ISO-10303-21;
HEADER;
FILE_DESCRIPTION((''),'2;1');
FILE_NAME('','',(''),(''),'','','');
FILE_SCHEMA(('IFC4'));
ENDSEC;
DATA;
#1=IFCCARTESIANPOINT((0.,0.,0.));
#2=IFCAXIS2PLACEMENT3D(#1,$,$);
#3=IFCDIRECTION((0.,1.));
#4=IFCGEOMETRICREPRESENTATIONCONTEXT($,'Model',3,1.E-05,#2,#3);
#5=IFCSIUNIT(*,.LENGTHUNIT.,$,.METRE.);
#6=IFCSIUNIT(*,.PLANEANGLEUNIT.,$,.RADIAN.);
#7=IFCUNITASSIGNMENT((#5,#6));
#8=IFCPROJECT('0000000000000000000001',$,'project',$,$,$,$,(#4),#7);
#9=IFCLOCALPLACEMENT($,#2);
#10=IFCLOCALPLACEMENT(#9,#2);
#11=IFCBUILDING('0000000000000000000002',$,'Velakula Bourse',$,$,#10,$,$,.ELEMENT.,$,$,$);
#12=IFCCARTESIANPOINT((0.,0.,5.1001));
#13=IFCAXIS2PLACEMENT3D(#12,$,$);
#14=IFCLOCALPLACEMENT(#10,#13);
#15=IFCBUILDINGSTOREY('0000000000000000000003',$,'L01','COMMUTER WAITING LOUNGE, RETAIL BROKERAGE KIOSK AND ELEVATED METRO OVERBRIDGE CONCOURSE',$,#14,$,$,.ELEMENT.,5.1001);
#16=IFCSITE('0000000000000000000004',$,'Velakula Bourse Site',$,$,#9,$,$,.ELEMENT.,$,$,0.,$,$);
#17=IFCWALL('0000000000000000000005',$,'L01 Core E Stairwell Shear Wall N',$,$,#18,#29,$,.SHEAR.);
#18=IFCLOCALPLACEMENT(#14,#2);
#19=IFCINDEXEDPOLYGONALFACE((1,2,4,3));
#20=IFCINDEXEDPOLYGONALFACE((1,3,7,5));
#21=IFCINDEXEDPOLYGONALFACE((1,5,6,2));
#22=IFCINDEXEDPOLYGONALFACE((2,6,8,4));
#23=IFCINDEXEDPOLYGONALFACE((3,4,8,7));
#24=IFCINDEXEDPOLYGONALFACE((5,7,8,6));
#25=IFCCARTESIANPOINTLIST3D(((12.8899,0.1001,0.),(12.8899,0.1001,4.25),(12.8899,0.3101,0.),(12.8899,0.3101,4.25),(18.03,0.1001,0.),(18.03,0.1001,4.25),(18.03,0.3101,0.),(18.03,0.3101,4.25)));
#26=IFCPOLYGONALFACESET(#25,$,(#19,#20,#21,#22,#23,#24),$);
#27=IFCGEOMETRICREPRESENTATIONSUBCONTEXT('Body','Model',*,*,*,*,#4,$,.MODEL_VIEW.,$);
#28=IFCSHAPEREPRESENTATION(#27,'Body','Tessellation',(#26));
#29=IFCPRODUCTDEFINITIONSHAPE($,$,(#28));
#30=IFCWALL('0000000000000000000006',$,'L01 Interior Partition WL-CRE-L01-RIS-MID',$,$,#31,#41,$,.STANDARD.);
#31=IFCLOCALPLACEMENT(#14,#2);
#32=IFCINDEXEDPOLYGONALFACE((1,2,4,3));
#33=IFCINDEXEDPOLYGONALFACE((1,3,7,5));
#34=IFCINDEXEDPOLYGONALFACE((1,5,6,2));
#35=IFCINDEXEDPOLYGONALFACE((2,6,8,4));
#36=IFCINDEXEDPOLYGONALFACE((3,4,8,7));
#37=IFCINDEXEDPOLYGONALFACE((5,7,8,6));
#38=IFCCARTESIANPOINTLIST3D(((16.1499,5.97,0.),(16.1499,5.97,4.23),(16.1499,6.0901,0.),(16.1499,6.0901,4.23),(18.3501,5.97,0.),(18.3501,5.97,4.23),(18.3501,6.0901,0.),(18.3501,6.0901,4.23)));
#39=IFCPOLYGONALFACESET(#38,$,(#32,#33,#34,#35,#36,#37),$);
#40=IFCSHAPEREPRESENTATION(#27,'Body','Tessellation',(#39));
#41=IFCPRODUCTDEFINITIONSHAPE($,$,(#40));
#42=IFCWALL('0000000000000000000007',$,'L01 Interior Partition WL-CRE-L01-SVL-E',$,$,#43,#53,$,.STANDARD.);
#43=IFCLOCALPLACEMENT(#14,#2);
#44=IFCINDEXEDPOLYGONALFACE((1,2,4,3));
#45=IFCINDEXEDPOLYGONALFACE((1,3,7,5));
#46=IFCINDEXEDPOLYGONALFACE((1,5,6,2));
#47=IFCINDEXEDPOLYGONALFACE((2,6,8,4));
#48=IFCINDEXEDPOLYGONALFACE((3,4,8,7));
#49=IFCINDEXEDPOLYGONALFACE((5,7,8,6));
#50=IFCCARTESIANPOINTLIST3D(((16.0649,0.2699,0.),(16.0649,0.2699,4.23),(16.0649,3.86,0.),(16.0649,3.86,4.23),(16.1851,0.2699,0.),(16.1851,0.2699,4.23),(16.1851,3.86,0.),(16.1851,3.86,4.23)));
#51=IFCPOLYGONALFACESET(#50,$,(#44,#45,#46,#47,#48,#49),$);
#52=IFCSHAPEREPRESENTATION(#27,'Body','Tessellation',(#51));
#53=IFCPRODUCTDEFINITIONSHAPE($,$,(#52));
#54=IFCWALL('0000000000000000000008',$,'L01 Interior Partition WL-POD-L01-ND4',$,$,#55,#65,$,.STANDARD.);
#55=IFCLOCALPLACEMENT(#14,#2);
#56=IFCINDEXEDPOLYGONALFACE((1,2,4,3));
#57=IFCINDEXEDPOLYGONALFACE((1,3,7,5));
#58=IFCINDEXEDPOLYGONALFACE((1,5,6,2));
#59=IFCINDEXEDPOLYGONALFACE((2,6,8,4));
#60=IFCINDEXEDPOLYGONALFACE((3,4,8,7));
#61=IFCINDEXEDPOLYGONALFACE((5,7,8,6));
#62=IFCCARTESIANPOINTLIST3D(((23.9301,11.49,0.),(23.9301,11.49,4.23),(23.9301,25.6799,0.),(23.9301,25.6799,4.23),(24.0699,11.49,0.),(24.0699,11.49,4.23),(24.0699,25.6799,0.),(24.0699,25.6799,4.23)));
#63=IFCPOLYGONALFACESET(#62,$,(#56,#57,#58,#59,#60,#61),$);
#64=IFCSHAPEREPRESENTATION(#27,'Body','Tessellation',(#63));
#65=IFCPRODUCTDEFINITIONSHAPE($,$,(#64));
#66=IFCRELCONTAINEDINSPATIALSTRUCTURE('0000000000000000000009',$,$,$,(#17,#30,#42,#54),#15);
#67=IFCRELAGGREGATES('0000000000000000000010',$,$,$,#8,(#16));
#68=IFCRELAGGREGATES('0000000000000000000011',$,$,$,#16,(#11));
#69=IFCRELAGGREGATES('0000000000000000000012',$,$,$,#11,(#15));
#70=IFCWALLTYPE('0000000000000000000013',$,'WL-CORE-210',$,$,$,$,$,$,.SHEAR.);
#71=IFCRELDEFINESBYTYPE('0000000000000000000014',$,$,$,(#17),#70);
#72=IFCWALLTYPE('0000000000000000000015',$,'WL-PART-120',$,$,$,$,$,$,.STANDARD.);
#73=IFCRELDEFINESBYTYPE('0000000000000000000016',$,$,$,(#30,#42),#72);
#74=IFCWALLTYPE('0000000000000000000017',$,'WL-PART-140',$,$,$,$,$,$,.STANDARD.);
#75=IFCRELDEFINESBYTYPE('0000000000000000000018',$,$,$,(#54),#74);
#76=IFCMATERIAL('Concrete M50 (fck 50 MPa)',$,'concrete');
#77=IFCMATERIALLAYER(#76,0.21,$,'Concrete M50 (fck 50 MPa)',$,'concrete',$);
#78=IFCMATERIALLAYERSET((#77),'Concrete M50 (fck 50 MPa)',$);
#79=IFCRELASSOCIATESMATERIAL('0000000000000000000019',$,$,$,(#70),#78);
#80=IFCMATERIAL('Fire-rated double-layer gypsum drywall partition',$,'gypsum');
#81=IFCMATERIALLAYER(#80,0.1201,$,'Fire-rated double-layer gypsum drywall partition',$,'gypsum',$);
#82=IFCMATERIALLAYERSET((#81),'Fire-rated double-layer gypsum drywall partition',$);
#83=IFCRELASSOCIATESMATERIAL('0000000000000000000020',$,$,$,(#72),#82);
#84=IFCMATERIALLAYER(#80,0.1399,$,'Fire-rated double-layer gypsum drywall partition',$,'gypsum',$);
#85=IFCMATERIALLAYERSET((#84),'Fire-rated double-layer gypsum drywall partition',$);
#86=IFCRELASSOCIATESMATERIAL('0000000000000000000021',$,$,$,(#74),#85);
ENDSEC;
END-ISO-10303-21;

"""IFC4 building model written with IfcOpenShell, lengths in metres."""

from ifc_helpers import new_model, si_unit, direction, frame, frame_2d, origin, place, context, subcontext, project, spatial, rectangle, extrude, material, layer, layer_set, type_object, element, save


model = new_model("IFC4")

# Units and contexts
model_context = context("Model", 3, precision=1e-05, world=origin(), true_north=direction((0.0, 1.0)))
body_context = subcontext(model_context, "Body", "Model", "MODEL_VIEW")
ifc_project = project(units=[si_unit("LENGTHUNIT", "METRE"), si_unit("PLANEANGLEUNIT", "RADIAN")], contexts=[model_context])

# Site, building, storey
site_placement = place(None, origin())
site = spatial("IfcSite", under=ifc_project, at=site_placement, Name="Velakula Bourse Site", CompositionType="ELEMENT", RefElevation=0.0)
building_placement = place(site_placement, origin())
building = spatial("IfcBuilding", under=site, at=building_placement, Name="Velakula Bourse", CompositionType="ELEMENT")
storey_placement = place(building_placement, frame((0.0, 0.0, 5.1001)))
storey = spatial("IfcBuildingStorey", under=building, at=storey_placement, Name="L01", Description="COMMUTER WAITING LOUNGE, RETAIL BROKERAGE KIOSK AND ELEVATED METRO OVERBRIDGE CONCOURSE", CompositionType="ELEMENT", Elevation=5.1001)

# Walls
ifc_material_1 = material(Name="Concrete M50 (fck 50 MPa)", Category="concrete")
ifc_layer_1 = layer(ifc_material_1, 0.21, Name="Concrete M50 (fck 50 MPa)", Category="concrete")
ifc_layer_set_1 = layer_set([ifc_layer_1], Name="Concrete M50 (fck 50 MPa)")
wall_type_1 = type_object("IfcWallType", Name="WL-CORE-210", PredefinedType="SHEAR", material=ifc_layer_set_1)
wall_1_placement = place(storey_placement, frame((18.03, 0.2051, 0.0), z_axis=(0.0, 0.0, 1.0), x_axis=(-1.0, 0.0, 0.0)))
element("IfcWall", 1, at=wall_1_placement, inside=storey, type_object=wall_type_1, Name="L01 Core E Stairwell Shear Wall N", PredefinedType="SHEAR", context=body_context, shape_type="SweptSolid", body=[
    extrude(rectangle(XDim=5.1401, YDim=0.21, at=frame_2d((2.5701, 0.0))), origin(), (0.0, 0.0, 1.0), 4.25),
])
ifc_material_2 = material(Name="Fire-rated double-layer gypsum drywall partition", Category="gypsum")
ifc_layer_2 = layer(ifc_material_2, 0.1201, Name="Fire-rated double-layer gypsum drywall partition", Category="gypsum")
ifc_layer_set_2 = layer_set([ifc_layer_2], Name="Fire-rated double-layer gypsum drywall partition")
wall_type_2 = type_object("IfcWallType", Name="WL-PART-120", PredefinedType="STANDARD", material=ifc_layer_set_2)
wall_2_placement = place(storey_placement, frame((16.1499, 6.03, 0.0), z_axis=(0.0, 0.0, 1.0), x_axis=(1.0, 0.0, 0.0)))
element("IfcWall", 2, at=wall_2_placement, inside=storey, type_object=wall_type_2, Name="L01 Interior Partition WL-CRE-L01-RIS-MID", PredefinedType="STANDARD", context=body_context, shape_type="SweptSolid", body=[
    extrude(rectangle(XDim=2.2002, YDim=0.1201, at=frame_2d((1.1001, 0.0))), origin(), (0.0, 0.0, 1.0), 4.23),
])
wall_3_placement = place(storey_placement, frame((16.125, 0.27, 0.0), z_axis=(0.0, 0.0, 1.0), x_axis=(0.0, 1.0, 0.0)))
element("IfcWall", 3, at=wall_3_placement, inside=storey, type_object=wall_type_2, Name="L01 Interior Partition WL-CRE-L01-SVL-E", PredefinedType="STANDARD", context=body_context, shape_type="SweptSolid", body=[
    extrude(rectangle(XDim=3.5901, YDim=0.1201, at=frame_2d((1.7949, 0.0))), origin(), (0.0, 0.0, 1.0), 4.23),
])
ifc_layer_3 = layer(ifc_material_2, 0.1399, Name="Fire-rated double-layer gypsum drywall partition", Category="gypsum")
ifc_layer_set_3 = layer_set([ifc_layer_3], Name="Fire-rated double-layer gypsum drywall partition")
wall_type_3 = type_object("IfcWallType", Name="WL-PART-140", PredefinedType="STANDARD", material=ifc_layer_set_3)
wall_4_placement = place(storey_placement, frame((24.0, 11.49, 0.0), z_axis=(0.0, 0.0, 1.0), x_axis=(0.0, 1.0, 0.0)))
element("IfcWall", 4, at=wall_4_placement, inside=storey, type_object=wall_type_3, Name="L01 Interior Partition WL-POD-L01-ND4", PredefinedType="STANDARD", context=body_context, shape_type="SweptSolid", body=[
    extrude(rectangle(XDim=14.1899, YDim=0.1399, at=frame_2d((7.095, 0.0))), origin(), (0.0, 0.0, 1.0), 4.23),
])

save(model, "model.ifc")
